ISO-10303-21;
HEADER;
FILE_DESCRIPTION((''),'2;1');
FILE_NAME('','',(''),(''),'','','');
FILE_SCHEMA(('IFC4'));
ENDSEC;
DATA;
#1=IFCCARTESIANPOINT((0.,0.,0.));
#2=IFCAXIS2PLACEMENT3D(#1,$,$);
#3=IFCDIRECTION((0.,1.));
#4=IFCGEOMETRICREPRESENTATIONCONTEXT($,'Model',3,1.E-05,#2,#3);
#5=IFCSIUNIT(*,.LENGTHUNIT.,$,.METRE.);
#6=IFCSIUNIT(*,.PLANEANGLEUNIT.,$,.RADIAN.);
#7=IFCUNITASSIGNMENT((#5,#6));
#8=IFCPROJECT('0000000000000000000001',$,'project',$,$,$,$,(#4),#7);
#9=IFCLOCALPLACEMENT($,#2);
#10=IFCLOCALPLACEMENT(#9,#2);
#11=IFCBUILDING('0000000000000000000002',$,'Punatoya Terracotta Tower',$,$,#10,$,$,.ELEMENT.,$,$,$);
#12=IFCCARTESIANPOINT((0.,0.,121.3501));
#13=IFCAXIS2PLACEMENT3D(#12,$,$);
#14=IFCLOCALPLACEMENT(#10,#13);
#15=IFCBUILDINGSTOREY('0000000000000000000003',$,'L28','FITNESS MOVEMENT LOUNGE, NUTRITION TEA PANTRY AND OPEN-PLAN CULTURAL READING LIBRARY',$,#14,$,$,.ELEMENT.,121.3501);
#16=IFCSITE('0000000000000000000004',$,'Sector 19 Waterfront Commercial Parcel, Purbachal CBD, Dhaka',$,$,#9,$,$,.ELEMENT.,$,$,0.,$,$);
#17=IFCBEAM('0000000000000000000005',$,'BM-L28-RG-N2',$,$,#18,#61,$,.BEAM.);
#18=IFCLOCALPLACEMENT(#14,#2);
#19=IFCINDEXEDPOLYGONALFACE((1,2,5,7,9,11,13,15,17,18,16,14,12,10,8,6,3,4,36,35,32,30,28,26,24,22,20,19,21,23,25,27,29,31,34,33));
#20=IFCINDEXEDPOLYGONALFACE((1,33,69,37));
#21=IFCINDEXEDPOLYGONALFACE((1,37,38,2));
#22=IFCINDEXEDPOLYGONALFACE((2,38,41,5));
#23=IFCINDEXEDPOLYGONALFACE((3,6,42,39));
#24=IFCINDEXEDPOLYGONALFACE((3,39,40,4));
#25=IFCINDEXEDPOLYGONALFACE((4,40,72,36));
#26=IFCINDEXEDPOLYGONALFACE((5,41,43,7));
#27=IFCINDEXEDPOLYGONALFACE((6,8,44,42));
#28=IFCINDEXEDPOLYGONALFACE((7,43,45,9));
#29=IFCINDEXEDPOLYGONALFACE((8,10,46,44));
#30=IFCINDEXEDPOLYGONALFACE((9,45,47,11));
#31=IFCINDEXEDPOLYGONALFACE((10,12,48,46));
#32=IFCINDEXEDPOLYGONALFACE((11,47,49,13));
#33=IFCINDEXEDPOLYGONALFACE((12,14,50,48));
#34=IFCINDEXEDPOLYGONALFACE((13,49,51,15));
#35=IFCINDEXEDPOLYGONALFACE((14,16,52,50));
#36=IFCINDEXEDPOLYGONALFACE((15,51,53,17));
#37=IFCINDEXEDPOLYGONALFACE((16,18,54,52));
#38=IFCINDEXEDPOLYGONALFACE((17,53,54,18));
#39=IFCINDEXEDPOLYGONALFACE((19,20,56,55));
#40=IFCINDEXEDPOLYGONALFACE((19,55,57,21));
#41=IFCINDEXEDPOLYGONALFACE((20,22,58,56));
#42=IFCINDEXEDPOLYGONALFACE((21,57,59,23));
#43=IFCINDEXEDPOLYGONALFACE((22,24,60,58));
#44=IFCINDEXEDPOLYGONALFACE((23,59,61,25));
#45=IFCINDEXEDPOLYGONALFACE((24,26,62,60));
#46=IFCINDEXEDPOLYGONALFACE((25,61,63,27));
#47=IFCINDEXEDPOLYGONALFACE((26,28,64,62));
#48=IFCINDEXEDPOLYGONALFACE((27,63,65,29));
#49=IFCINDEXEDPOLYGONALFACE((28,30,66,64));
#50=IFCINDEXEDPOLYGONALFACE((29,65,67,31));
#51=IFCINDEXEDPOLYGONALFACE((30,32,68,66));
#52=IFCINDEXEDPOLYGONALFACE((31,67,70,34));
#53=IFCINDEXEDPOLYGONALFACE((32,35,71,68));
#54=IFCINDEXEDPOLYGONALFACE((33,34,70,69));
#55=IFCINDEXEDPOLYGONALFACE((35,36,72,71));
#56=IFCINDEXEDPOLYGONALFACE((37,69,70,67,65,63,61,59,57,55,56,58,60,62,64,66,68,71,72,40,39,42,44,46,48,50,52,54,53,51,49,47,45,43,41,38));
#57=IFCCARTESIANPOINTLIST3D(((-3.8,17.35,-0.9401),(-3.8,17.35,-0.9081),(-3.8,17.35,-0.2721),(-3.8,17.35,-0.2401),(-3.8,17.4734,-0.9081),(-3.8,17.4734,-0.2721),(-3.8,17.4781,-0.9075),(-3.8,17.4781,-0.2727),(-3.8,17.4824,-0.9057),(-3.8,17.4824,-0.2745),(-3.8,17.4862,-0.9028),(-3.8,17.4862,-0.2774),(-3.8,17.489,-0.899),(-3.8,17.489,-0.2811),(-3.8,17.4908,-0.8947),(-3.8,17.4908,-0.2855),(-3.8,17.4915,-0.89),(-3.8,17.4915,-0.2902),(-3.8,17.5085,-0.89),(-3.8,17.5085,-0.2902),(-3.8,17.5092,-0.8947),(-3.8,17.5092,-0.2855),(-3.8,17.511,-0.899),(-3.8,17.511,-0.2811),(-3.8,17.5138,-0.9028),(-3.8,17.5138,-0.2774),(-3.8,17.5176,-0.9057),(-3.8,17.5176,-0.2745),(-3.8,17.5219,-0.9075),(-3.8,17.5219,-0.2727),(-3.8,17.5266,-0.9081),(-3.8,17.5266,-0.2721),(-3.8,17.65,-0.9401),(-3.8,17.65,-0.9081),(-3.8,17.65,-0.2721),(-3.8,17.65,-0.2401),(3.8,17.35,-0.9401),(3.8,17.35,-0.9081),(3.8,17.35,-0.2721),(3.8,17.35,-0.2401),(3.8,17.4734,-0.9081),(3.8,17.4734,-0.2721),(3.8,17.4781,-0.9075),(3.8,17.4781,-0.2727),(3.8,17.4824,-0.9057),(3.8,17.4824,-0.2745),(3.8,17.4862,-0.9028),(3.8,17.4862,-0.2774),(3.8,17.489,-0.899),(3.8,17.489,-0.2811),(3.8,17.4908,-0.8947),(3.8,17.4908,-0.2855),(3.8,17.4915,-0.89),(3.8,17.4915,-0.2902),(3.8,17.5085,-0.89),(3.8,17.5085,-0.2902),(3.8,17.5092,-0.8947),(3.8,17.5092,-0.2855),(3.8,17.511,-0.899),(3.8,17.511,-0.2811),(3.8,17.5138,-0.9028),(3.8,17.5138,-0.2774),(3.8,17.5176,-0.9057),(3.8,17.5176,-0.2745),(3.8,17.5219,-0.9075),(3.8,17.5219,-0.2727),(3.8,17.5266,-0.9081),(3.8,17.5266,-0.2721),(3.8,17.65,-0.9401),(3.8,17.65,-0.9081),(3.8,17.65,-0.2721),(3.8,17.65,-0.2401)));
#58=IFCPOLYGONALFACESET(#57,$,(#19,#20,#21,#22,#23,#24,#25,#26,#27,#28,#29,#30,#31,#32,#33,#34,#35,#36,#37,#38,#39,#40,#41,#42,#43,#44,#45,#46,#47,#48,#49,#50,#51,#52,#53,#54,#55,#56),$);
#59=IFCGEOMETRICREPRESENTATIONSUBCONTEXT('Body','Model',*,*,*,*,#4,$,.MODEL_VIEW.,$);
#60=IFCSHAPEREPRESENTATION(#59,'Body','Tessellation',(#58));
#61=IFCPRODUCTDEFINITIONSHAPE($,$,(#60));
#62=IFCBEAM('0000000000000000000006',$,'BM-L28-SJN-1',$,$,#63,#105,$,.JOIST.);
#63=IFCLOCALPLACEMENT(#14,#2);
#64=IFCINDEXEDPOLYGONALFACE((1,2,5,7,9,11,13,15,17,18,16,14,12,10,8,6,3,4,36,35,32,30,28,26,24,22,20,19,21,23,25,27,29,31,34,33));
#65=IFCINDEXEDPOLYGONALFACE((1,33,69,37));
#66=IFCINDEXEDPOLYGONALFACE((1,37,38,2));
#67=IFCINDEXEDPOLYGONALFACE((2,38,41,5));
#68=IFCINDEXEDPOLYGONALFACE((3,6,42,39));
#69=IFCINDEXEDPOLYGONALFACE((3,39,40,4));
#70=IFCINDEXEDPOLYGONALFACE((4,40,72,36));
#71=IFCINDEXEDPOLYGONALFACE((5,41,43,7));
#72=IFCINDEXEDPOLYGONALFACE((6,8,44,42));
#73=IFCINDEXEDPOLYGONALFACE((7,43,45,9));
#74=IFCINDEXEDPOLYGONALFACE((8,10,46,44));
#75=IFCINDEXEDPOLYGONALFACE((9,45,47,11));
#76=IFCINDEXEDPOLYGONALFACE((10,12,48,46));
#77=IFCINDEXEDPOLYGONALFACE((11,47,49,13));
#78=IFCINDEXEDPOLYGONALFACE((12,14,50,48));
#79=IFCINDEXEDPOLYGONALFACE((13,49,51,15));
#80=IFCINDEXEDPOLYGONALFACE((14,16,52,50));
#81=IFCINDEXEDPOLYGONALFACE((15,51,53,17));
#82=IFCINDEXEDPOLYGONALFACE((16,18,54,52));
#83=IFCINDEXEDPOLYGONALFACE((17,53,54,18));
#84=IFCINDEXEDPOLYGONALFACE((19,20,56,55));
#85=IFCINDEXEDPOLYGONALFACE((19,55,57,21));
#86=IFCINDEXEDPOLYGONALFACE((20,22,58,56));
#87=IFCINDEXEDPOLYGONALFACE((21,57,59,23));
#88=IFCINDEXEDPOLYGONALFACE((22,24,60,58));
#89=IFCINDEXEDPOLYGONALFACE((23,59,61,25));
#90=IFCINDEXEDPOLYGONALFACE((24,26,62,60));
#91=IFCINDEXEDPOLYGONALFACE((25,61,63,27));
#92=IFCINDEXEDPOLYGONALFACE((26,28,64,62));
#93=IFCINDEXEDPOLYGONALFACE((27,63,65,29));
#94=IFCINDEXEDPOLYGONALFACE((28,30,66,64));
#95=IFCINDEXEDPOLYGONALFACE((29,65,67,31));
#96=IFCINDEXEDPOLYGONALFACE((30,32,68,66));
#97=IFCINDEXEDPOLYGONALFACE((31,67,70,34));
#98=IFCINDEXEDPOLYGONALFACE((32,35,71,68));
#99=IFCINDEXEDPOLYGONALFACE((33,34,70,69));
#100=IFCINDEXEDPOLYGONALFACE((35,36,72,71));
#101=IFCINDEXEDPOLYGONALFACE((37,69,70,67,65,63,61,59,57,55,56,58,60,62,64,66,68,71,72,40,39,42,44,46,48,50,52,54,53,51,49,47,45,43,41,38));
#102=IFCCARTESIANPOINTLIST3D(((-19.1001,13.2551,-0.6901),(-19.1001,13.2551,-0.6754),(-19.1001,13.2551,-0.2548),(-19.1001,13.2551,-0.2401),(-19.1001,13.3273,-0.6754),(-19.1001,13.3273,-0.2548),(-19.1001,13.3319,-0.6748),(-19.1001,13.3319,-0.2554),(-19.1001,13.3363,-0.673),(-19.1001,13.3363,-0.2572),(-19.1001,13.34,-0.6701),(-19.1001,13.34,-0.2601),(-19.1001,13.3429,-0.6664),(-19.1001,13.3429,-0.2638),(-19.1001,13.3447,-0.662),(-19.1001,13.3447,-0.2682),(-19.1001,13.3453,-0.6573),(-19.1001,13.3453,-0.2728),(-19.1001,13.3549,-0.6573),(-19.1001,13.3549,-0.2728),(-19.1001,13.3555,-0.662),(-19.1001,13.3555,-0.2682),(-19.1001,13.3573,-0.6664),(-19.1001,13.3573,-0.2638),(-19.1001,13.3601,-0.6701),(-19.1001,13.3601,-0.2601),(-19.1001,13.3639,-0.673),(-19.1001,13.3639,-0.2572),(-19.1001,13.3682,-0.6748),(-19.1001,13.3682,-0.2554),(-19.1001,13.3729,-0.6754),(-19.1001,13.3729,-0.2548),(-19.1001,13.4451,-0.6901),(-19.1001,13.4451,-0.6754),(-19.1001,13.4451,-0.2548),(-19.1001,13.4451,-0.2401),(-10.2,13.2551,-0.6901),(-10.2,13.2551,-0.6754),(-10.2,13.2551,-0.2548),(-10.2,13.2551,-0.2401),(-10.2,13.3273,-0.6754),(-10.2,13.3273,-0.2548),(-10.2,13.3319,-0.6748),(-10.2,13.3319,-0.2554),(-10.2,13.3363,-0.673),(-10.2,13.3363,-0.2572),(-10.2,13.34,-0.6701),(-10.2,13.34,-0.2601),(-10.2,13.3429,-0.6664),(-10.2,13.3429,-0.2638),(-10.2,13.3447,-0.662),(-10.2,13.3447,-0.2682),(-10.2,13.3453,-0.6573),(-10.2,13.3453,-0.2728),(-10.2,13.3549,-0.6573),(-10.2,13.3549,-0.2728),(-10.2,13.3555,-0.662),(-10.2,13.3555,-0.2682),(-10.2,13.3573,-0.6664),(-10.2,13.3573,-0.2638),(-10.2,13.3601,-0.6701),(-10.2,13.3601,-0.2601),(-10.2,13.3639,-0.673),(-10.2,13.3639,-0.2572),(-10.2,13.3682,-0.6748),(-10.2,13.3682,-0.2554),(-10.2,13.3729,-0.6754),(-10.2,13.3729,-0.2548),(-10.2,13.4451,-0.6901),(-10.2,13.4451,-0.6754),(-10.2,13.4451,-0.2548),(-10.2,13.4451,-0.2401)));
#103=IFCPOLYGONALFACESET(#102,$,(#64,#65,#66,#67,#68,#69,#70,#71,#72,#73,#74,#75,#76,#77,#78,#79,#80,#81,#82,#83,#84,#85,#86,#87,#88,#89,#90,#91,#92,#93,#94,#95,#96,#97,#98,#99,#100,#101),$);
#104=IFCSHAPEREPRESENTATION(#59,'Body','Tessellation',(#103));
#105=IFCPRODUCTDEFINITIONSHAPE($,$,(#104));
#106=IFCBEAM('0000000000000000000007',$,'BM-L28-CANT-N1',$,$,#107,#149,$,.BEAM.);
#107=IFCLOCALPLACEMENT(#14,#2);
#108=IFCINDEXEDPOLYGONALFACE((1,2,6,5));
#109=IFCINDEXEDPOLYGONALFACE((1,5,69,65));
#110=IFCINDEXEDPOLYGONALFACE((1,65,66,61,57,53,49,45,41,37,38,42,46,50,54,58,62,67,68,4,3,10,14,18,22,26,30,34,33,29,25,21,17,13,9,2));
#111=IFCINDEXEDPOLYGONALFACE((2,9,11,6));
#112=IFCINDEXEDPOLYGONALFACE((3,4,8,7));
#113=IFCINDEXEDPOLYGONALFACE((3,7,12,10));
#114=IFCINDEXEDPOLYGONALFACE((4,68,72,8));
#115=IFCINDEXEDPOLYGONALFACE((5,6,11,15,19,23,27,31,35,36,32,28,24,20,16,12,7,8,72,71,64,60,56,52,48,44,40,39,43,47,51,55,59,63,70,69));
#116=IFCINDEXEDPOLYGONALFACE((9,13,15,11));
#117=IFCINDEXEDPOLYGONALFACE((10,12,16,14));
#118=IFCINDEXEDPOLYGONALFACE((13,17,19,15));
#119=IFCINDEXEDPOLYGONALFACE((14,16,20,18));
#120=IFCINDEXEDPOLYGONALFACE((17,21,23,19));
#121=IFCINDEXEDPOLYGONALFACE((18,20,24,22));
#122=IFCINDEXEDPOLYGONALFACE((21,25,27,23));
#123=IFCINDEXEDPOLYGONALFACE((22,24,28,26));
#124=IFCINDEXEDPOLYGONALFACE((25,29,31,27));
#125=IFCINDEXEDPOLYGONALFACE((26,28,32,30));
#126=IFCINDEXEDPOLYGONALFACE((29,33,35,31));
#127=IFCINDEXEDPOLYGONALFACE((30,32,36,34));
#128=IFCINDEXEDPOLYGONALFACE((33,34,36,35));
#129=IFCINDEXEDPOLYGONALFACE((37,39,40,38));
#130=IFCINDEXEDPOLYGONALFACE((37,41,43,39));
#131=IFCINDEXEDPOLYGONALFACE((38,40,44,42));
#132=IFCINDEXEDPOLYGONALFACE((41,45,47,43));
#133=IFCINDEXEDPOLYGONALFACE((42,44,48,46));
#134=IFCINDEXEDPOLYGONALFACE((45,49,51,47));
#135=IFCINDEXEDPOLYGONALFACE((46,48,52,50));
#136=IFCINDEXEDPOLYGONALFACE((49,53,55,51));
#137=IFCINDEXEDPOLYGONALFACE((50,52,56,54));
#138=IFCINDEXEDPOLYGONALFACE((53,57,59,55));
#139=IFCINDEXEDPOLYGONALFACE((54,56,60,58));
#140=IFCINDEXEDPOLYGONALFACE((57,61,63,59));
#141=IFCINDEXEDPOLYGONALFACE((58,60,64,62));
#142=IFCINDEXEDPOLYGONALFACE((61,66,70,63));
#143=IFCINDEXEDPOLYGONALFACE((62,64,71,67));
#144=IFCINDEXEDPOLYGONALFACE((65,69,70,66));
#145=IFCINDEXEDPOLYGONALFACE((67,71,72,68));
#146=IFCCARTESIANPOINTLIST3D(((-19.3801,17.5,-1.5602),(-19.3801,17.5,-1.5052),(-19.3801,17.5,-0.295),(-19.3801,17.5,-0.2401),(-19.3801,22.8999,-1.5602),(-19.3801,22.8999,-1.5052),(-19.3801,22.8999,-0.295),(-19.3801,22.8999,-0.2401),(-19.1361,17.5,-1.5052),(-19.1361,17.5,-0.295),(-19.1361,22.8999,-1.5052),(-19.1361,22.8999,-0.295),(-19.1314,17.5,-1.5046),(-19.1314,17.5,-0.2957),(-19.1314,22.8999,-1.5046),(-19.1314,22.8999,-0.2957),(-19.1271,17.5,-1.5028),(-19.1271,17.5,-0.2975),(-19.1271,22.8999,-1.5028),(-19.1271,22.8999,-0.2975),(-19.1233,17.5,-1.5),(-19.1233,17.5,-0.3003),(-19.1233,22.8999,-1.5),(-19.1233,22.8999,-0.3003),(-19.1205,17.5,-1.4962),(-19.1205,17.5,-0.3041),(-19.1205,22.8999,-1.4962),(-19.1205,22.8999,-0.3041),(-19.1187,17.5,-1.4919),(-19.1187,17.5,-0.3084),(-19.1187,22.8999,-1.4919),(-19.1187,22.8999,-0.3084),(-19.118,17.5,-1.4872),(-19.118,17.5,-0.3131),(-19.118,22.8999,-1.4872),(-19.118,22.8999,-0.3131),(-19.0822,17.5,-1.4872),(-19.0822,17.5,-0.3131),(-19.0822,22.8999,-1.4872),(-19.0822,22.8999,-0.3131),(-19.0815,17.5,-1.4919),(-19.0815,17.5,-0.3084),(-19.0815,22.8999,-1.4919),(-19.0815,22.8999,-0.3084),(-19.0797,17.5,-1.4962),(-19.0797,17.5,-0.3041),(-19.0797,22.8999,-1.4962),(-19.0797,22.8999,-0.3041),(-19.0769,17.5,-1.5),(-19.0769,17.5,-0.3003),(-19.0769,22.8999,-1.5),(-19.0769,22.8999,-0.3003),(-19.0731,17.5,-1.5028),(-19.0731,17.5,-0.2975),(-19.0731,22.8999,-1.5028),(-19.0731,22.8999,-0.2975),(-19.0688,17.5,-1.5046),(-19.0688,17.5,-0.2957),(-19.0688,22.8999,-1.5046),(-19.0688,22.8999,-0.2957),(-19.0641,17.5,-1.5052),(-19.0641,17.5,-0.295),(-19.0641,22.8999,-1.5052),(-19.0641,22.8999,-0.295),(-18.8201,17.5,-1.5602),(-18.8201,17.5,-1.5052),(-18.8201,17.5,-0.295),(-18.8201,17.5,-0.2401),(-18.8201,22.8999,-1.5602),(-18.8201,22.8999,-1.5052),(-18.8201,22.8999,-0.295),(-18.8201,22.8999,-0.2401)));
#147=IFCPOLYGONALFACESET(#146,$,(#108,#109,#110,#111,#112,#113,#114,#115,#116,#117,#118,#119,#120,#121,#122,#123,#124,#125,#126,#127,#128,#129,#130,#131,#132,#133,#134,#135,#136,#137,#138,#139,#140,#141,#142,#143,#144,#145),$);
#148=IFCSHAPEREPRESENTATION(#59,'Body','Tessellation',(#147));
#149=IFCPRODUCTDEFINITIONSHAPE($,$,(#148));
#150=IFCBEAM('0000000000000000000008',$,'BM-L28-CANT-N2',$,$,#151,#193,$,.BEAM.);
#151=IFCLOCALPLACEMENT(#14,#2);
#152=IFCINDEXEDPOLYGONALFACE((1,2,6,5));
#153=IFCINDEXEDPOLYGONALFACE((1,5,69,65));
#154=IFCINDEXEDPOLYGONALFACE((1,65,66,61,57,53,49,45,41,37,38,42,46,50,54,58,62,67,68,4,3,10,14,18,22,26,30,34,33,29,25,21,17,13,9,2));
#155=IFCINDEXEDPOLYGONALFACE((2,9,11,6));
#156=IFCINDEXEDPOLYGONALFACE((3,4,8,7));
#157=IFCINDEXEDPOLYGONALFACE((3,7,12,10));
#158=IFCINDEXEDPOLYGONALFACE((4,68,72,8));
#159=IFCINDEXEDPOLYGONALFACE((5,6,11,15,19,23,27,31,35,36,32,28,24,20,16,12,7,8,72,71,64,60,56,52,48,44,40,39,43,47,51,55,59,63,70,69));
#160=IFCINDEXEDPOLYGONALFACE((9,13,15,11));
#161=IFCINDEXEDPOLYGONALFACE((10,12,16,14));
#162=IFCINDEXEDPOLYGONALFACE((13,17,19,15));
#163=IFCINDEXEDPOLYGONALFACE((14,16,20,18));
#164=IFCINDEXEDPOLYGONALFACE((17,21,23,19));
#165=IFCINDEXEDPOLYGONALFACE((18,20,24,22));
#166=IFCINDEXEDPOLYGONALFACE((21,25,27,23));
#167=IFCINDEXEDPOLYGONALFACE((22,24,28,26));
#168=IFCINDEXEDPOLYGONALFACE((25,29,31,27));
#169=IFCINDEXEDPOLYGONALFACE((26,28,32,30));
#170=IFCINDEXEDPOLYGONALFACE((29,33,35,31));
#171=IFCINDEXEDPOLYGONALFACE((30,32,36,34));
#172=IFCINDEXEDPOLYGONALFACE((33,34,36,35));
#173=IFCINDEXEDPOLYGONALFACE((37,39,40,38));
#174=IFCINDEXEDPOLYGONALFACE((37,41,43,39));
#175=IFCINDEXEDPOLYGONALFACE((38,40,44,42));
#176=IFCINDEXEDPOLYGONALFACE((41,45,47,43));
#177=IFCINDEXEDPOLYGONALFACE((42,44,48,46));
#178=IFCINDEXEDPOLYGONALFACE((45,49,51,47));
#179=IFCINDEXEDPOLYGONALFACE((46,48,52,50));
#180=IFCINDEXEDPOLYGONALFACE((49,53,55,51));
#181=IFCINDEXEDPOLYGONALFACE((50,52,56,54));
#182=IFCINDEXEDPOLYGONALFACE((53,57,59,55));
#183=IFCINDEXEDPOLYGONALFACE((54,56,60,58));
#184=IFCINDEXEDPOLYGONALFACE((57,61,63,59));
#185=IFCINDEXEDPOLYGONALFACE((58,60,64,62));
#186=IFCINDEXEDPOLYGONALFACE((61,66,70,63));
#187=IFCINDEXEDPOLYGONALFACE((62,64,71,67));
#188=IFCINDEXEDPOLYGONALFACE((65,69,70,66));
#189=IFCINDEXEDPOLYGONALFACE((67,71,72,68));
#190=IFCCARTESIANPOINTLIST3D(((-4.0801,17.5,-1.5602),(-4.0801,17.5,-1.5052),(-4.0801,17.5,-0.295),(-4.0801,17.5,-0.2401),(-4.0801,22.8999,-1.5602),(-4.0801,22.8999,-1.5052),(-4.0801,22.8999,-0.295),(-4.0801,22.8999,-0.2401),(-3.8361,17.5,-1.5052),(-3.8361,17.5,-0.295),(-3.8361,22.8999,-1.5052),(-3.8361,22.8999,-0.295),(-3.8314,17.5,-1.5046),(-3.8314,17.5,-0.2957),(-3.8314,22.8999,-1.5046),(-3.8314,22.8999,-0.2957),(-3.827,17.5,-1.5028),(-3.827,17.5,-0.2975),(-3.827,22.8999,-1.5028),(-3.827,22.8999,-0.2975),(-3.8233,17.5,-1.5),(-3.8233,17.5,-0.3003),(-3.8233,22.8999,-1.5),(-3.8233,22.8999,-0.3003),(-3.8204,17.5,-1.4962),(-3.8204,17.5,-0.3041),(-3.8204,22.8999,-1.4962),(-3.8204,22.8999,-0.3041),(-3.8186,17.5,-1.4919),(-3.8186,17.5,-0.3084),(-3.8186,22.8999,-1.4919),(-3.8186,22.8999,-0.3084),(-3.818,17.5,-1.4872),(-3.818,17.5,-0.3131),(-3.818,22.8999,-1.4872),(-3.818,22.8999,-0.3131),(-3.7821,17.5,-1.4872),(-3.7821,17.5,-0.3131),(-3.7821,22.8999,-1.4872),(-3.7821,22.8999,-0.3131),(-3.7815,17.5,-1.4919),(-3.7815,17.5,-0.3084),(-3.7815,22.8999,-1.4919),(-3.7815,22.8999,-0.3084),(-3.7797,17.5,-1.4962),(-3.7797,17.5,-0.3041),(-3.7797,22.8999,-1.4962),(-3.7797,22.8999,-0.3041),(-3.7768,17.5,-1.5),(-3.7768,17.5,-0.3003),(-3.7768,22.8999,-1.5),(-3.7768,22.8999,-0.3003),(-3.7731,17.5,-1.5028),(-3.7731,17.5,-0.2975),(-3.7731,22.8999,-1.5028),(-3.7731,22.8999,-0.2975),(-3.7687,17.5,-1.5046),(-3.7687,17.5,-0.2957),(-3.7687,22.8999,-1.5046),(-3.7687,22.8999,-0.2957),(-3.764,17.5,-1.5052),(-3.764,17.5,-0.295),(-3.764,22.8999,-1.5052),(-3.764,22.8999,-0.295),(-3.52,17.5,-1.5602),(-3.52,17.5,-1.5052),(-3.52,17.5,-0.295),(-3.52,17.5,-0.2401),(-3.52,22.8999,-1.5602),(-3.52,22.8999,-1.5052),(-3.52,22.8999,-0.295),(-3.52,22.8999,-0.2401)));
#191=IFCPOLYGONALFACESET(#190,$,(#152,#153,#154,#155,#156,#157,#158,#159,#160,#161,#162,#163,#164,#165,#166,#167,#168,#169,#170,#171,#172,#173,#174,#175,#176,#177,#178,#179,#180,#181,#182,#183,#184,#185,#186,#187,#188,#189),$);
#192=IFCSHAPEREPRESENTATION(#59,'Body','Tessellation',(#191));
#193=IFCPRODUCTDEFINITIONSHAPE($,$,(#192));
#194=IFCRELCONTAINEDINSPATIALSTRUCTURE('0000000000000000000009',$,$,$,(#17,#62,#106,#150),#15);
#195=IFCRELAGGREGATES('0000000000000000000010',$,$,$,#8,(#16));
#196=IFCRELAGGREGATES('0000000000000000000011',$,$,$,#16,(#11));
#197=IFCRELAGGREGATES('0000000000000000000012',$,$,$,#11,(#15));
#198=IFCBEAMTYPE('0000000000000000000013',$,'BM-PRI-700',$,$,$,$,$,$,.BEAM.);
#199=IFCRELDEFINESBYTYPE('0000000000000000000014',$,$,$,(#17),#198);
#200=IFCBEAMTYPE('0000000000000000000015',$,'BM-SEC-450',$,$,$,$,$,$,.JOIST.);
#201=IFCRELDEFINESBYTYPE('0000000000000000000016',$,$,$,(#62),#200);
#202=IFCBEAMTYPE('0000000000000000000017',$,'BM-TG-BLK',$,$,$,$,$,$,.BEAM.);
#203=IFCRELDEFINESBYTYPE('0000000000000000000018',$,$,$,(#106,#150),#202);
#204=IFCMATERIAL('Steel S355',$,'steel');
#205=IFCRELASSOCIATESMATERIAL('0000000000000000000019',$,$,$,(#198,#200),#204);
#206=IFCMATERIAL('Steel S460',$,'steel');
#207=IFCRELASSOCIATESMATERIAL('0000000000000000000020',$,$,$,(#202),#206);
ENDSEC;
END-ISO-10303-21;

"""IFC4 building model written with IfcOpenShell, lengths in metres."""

from ifc_helpers import new_model, si_unit, direction, frame, origin, origin_2d, place, context, subcontext, project, spatial, i_section, extrude, material, material_profile, profile_set, type_object, element, save


model = new_model("IFC4")

# Units and contexts
model_context = context("Model", 3, precision=1e-05, world=origin(), true_north=direction((0.0, 1.0)))
body_context = subcontext(model_context, "Body", "Model", "MODEL_VIEW")
ifc_project = project(units=[si_unit("LENGTHUNIT", "METRE"), si_unit("PLANEANGLEUNIT", "RADIAN")], contexts=[model_context])

# Site, building, storey
site_placement = place(None, origin())
site = spatial("IfcSite", under=ifc_project, at=site_placement, Name="Sector 19 Waterfront Commercial Parcel, Purbachal CBD, Dhaka", CompositionType="ELEMENT", RefElevation=0.0)
building_placement = place(site_placement, origin())
building = spatial("IfcBuilding", under=site, at=building_placement, Name="Punatoya Terracotta Tower", CompositionType="ELEMENT")
storey_placement = place(building_placement, frame((0.0, 0.0, 121.3501)))
storey = spatial("IfcBuildingStorey", under=building, at=storey_placement, Name="L28", Description="FITNESS MOVEMENT LOUNGE, NUTRITION TEA PANTRY AND OPEN-PLAN CULTURAL READING LIBRARY", CompositionType="ELEMENT", Elevation=121.3501)

# Shared definitions
ifc_material_1 = material(Name="Steel S460", Category="steel")

# Beams
ifc_material_2 = material(Name="Steel S355", Category="steel")
ifc_material_profile_1 = material_profile(ifc_material_2, i_section(OverallWidth=0.3, OverallDepth=0.7, WebThickness=0.0171, FlangeThickness=0.032, FilletRadius=0.0181, at=origin_2d()))
ifc_profile_set_1 = profile_set([ifc_material_profile_1], Name="Steel S355")
beam_type_1 = type_object("IfcBeamType", Name="BM-PRI-700", PredefinedType="BEAM", material=ifc_profile_set_1)
beam_1_placement = place(storey_placement, frame((-3.8, 17.5, -0.5901), z_axis=(1.0, 0.0, 0.0), x_axis=(0.0, 1.0, 0.0)))
element("IfcBeam", 1, at=beam_1_placement, inside=storey, type_object=beam_type_1, Name="BM-L28-RG-N2", PredefinedType="BEAM", context=body_context, shape_type="SweptSolid", body=[
    extrude(i_section(OverallWidth=0.3, OverallDepth=0.7, WebThickness=0.0171, FlangeThickness=0.032, FilletRadius=0.0181, at=origin_2d()), origin(), (0.0, 0.0, 1.0), 7.6001),
])
ifc_material_profile_2 = material_profile(ifc_material_2, i_section(OverallWidth=0.1899, OverallDepth=0.45, WebThickness=0.0095, FlangeThickness=0.0146, FilletRadius=0.0181, at=origin_2d()))
ifc_profile_set_2 = profile_set([ifc_material_profile_2], Name="Steel S355")
beam_type_2 = type_object("IfcBeamType", Name="BM-SEC-450", PredefinedType="JOIST", material=ifc_profile_set_2)
beam_2_placement = place(storey_placement, frame((-19.1001, 13.3501, -0.4651), z_axis=(1.0, 0.0, 0.0), x_axis=(0.0, 1.0, 0.0)))
element("IfcBeam", 2, at=beam_2_placement, inside=storey, type_object=beam_type_2, Name="BM-L28-SJN-1", PredefinedType="JOIST", context=body_context, shape_type="SweptSolid", body=[
    extrude(i_section(OverallWidth=0.1899, OverallDepth=0.45, WebThickness=0.0095, FlangeThickness=0.0146, FilletRadius=0.0181, at=origin_2d()), origin(), (0.0, 0.0, 1.0), 8.9001),
])
ifc_material_profile_3 = material_profile(ifc_material_1, i_section(OverallWidth=0.5601, OverallDepth=1.3201, WebThickness=0.0359, FlangeThickness=0.0549, FilletRadius=0.0181, at=origin_2d()))
ifc_profile_set_3 = profile_set([ifc_material_profile_3], Name="Steel S460")
beam_type_3 = type_object("IfcBeamType", Name="BM-TG-BLK", PredefinedType="BEAM", material=ifc_profile_set_3)
for number, where, z_axis, x_axis, name in (
    (3, (-19.1001, 17.5, -0.9001), (0.0, 1.0, 0.0), (-1.0, 0.0, 0.0), "BM-L28-CANT-N1"),
    (4, (-3.8, 17.5, -0.9001), (0.0, 1.0, 0.0), (-1.0, 0.0, 0.0), "BM-L28-CANT-N2"),
):
    element("IfcBeam", number, at=place(storey_placement, frame(where, z_axis=z_axis, x_axis=x_axis)), inside=storey, type_object=beam_type_3, Name=name, PredefinedType="BEAM", context=body_context, shape_type="SweptSolid", body=[
        extrude(i_section(OverallWidth=0.5601, OverallDepth=1.3201, WebThickness=0.0359, FlangeThickness=0.0549, FilletRadius=0.0181, at=origin_2d()), origin(), (0.0, 0.0, 1.0), 5.3999),
    ])

save(model, "model.ifc")
